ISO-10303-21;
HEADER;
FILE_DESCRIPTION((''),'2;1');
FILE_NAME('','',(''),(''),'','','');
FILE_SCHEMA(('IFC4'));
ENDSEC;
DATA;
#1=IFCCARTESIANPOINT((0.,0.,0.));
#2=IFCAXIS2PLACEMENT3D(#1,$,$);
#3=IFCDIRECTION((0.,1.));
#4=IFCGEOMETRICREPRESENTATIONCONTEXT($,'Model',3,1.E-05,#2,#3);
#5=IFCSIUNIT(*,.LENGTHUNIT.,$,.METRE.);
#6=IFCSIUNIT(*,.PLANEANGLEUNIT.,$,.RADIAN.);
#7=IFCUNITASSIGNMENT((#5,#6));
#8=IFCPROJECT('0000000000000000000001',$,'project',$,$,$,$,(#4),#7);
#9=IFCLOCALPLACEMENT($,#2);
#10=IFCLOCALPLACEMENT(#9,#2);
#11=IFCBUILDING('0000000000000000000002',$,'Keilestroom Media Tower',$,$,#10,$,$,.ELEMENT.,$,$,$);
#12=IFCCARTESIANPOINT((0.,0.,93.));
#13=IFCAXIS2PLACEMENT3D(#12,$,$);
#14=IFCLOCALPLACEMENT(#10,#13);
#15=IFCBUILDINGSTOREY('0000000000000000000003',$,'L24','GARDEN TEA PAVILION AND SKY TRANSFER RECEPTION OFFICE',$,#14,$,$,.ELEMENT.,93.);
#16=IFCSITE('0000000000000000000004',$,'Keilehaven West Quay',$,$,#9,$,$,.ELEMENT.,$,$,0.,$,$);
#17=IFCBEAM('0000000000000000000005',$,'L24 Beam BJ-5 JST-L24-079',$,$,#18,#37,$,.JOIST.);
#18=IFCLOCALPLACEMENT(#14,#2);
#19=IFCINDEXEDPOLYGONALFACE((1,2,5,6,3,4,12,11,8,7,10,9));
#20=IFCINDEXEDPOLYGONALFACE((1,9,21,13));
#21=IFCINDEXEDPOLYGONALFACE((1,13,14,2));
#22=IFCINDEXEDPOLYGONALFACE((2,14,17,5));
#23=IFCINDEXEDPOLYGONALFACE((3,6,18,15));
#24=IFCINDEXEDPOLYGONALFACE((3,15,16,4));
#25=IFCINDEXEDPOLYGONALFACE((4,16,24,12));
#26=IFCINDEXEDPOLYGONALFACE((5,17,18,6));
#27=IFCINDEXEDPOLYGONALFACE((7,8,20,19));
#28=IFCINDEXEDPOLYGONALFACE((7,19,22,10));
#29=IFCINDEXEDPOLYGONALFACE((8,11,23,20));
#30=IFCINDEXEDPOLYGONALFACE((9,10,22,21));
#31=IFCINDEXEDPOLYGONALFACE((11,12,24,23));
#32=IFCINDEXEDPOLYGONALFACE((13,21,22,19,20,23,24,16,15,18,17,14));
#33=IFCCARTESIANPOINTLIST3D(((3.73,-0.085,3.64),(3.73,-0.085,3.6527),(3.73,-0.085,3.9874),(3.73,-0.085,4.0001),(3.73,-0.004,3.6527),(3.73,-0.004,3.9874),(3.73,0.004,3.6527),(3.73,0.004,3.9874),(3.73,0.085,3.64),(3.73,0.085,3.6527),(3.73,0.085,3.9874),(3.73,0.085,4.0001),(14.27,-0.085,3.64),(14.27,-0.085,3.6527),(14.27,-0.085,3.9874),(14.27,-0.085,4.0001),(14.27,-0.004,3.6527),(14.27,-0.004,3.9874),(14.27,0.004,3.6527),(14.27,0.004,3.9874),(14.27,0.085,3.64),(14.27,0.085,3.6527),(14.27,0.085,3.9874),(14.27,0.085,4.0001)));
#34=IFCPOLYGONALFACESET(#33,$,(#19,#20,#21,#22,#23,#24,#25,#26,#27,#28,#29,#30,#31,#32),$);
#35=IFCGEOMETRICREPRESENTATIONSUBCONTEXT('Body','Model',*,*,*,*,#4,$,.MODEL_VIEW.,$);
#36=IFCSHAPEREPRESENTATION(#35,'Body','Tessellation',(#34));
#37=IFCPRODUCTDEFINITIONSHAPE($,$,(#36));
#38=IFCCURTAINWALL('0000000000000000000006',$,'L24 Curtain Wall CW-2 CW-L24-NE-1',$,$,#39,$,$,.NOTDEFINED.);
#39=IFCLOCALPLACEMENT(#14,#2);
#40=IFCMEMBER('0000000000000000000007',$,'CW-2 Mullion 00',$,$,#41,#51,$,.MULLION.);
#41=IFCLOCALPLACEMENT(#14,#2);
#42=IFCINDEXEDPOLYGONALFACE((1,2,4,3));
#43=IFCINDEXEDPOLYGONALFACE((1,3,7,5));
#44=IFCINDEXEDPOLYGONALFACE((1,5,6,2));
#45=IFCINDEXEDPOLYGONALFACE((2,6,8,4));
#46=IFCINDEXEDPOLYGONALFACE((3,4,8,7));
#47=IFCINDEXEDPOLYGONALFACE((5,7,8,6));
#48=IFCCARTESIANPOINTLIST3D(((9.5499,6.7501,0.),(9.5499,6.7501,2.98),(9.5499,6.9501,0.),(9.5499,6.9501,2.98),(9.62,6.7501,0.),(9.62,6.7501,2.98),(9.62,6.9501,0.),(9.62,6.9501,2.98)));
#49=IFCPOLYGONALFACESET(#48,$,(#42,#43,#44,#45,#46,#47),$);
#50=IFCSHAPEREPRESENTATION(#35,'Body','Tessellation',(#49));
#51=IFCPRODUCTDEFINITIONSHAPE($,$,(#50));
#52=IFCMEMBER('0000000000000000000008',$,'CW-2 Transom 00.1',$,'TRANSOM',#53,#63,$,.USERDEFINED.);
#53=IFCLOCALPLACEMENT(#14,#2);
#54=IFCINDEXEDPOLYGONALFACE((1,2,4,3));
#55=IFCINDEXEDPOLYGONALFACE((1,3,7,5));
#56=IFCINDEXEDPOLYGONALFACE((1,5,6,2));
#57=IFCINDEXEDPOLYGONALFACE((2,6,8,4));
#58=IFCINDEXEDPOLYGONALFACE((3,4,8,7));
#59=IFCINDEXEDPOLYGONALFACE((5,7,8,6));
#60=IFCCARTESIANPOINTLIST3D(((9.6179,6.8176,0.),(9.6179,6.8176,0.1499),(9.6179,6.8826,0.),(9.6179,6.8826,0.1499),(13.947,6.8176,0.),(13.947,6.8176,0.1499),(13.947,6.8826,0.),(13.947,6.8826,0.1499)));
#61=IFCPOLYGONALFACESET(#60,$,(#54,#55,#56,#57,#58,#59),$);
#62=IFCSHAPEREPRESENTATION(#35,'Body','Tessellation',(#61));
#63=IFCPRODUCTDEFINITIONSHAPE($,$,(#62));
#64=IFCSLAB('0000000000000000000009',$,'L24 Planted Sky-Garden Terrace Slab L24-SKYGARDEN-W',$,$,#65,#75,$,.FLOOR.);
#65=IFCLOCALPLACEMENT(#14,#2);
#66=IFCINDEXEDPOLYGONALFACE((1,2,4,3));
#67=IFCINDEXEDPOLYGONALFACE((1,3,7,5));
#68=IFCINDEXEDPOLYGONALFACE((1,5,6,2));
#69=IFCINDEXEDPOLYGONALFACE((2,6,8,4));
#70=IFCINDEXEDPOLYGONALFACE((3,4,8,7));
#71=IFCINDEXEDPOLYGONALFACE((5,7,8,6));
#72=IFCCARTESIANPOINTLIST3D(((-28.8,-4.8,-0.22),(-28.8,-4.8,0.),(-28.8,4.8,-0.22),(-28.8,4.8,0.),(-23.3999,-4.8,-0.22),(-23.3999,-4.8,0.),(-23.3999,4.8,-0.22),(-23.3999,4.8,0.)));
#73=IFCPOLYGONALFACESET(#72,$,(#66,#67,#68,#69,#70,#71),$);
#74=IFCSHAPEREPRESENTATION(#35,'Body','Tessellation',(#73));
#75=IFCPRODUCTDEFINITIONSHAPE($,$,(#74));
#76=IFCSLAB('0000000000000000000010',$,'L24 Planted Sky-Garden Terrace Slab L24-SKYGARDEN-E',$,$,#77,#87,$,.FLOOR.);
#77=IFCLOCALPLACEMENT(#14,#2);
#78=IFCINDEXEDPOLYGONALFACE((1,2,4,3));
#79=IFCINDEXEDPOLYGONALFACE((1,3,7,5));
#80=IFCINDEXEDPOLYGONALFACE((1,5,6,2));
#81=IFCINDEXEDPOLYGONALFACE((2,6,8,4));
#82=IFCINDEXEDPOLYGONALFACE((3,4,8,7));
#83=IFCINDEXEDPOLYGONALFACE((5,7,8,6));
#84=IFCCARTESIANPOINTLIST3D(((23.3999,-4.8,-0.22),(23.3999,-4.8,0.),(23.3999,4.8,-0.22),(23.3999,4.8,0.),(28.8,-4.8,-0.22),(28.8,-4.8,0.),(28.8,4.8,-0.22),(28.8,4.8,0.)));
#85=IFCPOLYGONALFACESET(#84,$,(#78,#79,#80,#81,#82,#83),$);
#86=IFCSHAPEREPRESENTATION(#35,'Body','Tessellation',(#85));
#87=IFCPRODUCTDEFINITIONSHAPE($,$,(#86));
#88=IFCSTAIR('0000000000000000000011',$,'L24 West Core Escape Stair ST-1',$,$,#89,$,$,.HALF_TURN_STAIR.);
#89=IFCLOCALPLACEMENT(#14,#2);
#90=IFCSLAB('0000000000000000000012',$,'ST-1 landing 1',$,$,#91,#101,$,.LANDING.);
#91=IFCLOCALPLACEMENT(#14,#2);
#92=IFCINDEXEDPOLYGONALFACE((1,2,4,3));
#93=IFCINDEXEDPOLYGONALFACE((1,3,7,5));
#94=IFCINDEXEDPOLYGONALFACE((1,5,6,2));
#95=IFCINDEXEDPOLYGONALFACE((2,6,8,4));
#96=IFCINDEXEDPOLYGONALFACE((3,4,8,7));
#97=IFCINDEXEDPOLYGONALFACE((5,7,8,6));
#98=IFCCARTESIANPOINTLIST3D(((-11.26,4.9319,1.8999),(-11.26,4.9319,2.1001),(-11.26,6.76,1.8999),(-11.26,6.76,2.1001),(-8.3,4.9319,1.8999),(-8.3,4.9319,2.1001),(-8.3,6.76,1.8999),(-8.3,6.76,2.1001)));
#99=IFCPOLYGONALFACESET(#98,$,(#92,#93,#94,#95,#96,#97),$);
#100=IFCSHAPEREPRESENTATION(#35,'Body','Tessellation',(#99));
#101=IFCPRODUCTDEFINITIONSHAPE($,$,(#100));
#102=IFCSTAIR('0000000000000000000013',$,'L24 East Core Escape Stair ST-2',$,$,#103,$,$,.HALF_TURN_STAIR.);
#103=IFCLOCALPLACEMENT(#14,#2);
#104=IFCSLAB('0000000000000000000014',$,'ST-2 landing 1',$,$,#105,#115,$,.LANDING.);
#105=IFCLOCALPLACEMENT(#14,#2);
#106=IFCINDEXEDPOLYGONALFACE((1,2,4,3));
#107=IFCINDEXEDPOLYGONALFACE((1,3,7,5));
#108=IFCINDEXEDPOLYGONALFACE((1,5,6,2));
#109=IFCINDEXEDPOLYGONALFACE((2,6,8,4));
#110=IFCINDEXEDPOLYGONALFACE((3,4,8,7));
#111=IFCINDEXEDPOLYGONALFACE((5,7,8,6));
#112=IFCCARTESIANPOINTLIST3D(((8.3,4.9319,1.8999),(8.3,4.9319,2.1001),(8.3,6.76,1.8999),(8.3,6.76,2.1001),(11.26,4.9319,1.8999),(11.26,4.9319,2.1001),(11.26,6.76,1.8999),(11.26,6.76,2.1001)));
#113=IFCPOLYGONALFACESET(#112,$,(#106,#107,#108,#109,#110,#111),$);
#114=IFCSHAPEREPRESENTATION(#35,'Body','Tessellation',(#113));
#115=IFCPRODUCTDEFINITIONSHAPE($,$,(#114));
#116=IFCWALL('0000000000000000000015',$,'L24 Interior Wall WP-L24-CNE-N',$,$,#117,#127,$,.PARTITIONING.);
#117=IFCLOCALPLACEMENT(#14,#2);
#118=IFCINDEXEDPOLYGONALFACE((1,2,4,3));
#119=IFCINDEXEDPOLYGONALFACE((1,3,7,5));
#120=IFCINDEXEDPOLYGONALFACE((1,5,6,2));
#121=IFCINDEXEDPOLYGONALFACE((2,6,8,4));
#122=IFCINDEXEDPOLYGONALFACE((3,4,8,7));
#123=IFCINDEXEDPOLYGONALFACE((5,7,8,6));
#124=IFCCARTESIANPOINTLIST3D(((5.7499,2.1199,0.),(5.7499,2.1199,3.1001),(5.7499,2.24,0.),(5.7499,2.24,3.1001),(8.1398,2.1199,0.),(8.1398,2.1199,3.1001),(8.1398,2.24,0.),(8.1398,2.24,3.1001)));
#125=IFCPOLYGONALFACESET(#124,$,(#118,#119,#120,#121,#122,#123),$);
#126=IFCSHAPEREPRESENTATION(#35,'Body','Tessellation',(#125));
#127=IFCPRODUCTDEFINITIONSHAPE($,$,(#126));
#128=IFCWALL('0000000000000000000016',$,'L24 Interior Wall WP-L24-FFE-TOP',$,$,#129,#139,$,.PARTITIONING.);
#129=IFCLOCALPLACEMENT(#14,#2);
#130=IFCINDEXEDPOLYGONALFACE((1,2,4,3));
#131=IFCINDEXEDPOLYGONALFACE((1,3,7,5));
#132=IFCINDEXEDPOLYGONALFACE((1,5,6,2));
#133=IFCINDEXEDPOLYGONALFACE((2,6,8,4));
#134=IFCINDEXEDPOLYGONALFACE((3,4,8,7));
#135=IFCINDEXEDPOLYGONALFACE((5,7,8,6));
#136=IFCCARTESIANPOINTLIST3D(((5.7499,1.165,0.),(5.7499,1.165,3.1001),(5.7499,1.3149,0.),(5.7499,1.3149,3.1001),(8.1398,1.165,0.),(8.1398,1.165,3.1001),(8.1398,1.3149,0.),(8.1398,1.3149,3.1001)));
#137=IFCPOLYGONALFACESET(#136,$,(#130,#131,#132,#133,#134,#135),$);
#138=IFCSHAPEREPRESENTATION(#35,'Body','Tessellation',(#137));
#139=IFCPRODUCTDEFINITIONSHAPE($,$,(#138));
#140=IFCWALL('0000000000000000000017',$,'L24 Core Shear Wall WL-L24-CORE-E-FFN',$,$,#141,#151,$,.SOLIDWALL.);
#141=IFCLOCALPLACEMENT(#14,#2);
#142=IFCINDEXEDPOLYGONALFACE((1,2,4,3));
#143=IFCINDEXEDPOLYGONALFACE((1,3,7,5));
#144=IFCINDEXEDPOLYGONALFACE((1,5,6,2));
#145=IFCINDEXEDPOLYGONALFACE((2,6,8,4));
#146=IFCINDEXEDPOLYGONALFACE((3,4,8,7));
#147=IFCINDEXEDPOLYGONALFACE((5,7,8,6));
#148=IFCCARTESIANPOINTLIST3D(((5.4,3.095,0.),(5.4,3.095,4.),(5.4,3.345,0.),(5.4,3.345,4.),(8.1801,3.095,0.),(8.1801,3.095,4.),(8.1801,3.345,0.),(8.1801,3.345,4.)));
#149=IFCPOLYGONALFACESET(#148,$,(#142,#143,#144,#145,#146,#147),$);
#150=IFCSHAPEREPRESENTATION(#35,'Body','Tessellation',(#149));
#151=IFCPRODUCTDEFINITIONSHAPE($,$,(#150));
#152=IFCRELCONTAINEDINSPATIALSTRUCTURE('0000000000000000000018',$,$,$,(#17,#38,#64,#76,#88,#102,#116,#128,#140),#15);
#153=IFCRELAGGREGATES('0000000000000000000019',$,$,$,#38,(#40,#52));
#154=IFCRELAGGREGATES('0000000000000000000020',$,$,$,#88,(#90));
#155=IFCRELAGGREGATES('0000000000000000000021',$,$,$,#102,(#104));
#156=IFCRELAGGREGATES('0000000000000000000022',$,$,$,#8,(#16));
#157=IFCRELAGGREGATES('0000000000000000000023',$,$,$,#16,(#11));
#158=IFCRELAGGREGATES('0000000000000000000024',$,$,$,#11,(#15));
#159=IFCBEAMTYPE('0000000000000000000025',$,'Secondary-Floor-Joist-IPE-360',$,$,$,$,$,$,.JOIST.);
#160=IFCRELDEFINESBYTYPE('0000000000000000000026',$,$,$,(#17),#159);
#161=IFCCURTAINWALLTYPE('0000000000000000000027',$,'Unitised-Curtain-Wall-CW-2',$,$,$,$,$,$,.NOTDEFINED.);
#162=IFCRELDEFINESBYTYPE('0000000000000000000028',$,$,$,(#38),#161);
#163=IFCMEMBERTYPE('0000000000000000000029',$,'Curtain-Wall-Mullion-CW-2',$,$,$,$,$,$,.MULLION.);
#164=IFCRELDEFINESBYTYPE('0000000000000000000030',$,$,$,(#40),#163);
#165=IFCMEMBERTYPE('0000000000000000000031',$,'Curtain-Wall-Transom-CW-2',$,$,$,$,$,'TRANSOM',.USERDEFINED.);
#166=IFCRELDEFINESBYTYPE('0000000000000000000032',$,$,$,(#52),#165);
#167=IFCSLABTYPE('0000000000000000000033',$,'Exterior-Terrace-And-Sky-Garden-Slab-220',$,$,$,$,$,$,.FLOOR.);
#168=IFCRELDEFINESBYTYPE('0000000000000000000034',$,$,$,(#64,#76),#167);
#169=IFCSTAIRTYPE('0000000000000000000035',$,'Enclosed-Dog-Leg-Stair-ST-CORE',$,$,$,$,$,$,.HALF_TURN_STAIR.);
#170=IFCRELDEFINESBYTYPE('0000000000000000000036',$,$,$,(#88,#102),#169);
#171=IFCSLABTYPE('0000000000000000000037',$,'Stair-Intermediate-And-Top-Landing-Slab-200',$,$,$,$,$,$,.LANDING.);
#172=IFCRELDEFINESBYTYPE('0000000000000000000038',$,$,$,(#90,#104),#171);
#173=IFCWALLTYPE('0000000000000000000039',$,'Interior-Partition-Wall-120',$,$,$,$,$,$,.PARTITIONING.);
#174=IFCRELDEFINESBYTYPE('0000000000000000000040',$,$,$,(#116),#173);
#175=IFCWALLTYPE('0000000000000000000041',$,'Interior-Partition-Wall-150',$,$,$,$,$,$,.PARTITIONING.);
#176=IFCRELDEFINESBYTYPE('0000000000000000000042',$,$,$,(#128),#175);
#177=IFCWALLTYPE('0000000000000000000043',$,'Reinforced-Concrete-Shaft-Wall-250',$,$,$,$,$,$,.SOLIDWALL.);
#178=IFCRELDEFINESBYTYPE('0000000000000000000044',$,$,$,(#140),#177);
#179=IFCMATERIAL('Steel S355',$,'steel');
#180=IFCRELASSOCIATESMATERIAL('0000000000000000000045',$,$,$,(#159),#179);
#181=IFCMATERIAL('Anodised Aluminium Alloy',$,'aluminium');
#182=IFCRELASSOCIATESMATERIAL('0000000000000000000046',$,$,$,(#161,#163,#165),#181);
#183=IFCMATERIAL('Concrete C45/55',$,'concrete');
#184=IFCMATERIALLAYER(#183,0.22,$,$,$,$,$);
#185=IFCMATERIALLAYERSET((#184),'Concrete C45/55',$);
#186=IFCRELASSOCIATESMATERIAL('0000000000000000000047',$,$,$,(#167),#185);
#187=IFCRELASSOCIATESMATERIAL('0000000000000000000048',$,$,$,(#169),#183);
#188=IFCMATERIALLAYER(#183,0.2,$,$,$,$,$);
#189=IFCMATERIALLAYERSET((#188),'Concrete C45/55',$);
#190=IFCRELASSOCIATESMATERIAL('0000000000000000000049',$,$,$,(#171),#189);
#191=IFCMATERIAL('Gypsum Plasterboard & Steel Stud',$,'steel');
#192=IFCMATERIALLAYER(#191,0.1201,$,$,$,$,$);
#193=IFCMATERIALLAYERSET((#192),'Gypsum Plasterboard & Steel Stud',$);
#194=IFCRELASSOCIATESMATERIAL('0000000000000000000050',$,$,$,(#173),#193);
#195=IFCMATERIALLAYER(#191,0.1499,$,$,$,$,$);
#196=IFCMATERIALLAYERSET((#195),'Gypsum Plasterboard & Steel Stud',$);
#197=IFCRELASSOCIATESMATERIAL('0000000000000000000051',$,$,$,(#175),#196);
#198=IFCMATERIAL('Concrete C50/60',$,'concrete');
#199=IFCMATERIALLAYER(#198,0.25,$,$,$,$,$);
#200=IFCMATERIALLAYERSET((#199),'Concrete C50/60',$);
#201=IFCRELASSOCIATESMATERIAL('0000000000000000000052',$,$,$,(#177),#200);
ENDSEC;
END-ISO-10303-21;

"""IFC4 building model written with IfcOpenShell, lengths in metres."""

from ifc_helpers import new_model, si_unit, direction, frame, frame_2d, origin, origin_2d, place, context, subcontext, project, spatial, polyline, rectangle, i_section, outline, extrude, source, transform, mapped, material, layer, layer_set, material_profile, profile_set, type_object, element, aggregate, save


model = new_model("IFC4")

# Units and contexts
model_context = context("Model", 3, precision=1e-05, world=origin(), true_north=direction((0.0, 1.0)))
body_context = subcontext(model_context, "Body", "Model", "MODEL_VIEW")
ifc_project = project(units=[si_unit("LENGTHUNIT", "METRE"), si_unit("PLANEANGLEUNIT", "RADIAN")], contexts=[model_context])

# Site, building, storey
site_placement = place(None, origin())
site = spatial("IfcSite", under=ifc_project, at=site_placement, Name="Keilehaven West Quay", CompositionType="ELEMENT", RefElevation=0.0)
building_placement = place(site_placement, origin())
building = spatial("IfcBuilding", under=site, at=building_placement, Name="Keilestroom Media Tower", CompositionType="ELEMENT")
storey_placement = place(building_placement, frame((0.0, 0.0, 93.0)))
storey = spatial("IfcBuildingStorey", under=building, at=storey_placement, Name="L24", Description="GARDEN TEA PAVILION AND SKY TRANSFER RECEPTION OFFICE", CompositionType="ELEMENT", Elevation=93.0)

# Beam
ifc_material_1 = material(Name="Steel S355", Category="steel")
ifc_material_profile_1 = material_profile(ifc_material_1, i_section(OverallWidth=0.1699, OverallDepth=0.3601, WebThickness=0.0081, FlangeThickness=0.0127, at=origin_2d()), Name="IPE 360")
ifc_profile_set_1 = profile_set([ifc_material_profile_1], Name="Steel S355")
beam_type = type_object("IfcBeamType", Name="Secondary-Floor-Joist-IPE-360", PredefinedType="JOIST", material=ifc_profile_set_1)
shared_shape_1 = source(origin(), body_context, "Body", "SweptSolid", [
    extrude(i_section(OverallWidth=0.1699, OverallDepth=0.3601, WebThickness=0.0081, FlangeThickness=0.0127, at=origin_2d()), origin(), (0.0, 0.0, 1.0), 10.54),
])
beam_placement = place(storey_placement, frame((3.73, 0.0, 3.8201), z_axis=(1.0, 0.0, 0.0), x_axis=(0.0, 1.0, 0.0)))
element("IfcBeam", 1, at=beam_placement, inside=storey, type_object=beam_type, Name="L24 Beam BJ-5 JST-L24-079", PredefinedType="JOIST", context=body_context, shape_type="MappedRepresentation", body=[
    mapped(shared_shape_1, transform((0.0, 0.0, 0.0), x_axis=(1.0, 0.0, 0.0), y_axis=(0.0, 1.0, 0.0), z_axis=(0.0, 0.0, 1.0), scale=1.0)),
])

# Curtain wall, members
ifc_material_2 = material(Name="Anodised Aluminium Alloy", Category="aluminium")
curtain_wall_type = type_object("IfcCurtainWallType", Name="Unitised-Curtain-Wall-CW-2", PredefinedType="NOTDEFINED", material=ifc_material_2)
curtain_wall_placement = place(storey_placement, origin())
curtain_wall = element("IfcCurtainWall", 2, at=curtain_wall_placement, inside=storey, type_object=curtain_wall_type, Name="L24 Curtain Wall CW-2 CW-L24-NE-1", PredefinedType="NOTDEFINED")
ifc_material_profile_2 = material_profile(ifc_material_2, rectangle(XDim=0.0701, YDim=0.2, at=origin_2d()), Name="ALU MULLION 70x200")
ifc_profile_set_2 = profile_set([ifc_material_profile_2], Name="Anodised Aluminium Alloy")
member_type_1 = type_object("IfcMemberType", Name="Curtain-Wall-Mullion-CW-2", PredefinedType="MULLION", material=ifc_profile_set_2)
shared_shape_2 = source(origin(), body_context, "Body", "SweptSolid", [
    extrude(rectangle(XDim=0.0701, YDim=0.2, at=origin_2d()), origin(), (0.0, 0.0, 1.0), 2.98),
])
member_1_placement = place(storey_placement, frame((9.585, 6.8501, 0.0), z_axis=(0.0, 0.0, 1.0), x_axis=(1.0, 0.0, 0.0)))
member_1 = element("IfcMember", 3, at=member_1_placement, type_object=member_type_1, Name="CW-2 Mullion 00", PredefinedType="MULLION", context=body_context, shape_type="MappedRepresentation", body=[
    mapped(shared_shape_2, transform((0.0, 0.0, 0.0), x_axis=(1.0, 0.0, 0.0), y_axis=(0.0, 1.0, 0.0), z_axis=(0.0, 0.0, 1.0), scale=1.0)),
])
ifc_material_profile_3 = material_profile(ifc_material_2, rectangle(XDim=0.0649, YDim=0.1499, at=origin_2d()), Name="ALU TRANSOM 65x150")
ifc_profile_set_3 = profile_set([ifc_material_profile_3], Name="Anodised Aluminium Alloy")
member_type_2 = type_object("IfcMemberType", Name="Curtain-Wall-Transom-CW-2", ElementType="TRANSOM", PredefinedType="USERDEFINED", material=ifc_profile_set_3)
shared_shape_3 = source(origin(), body_context, "Body", "SweptSolid", [
    extrude(rectangle(XDim=0.0649, YDim=0.1499, at=origin_2d()), origin(), (0.0, 0.0, 1.0), 4.3291),
])
member_2_placement = place(storey_placement, frame((9.6179, 6.8501, 0.075), z_axis=(1.0, 0.0, 0.0), x_axis=(0.0, 1.0, 0.0)))
member_2 = element("IfcMember", 4, at=member_2_placement, type_object=member_type_2, Name="CW-2 Transom 00.1", ObjectType="TRANSOM", PredefinedType="USERDEFINED", context=body_context, shape_type="MappedRepresentation", body=[
    mapped(shared_shape_3, transform((0.0, 0.0, 0.0), x_axis=(1.0, 0.0, 0.0), y_axis=(0.0, 1.0, 0.0), z_axis=(0.0, 0.0, 1.0), scale=1.0)),
])
aggregate(curtain_wall, [member_1, member_2])

# Slabs
ifc_material_3 = material(Name="Concrete C45/55", Category="concrete")
ifc_layer_1 = layer(ifc_material_3, 0.22)
ifc_layer_set_1 = layer_set([ifc_layer_1], Name="Concrete C45/55")
slab_type_1 = type_object("IfcSlabType", Name="Exterior-Terrace-And-Sky-Garden-Slab-220", PredefinedType="FLOOR", material=ifc_layer_set_1)
slab_1_placement = place(storey_placement, frame((0.0, 0.0, -0.22)))
element("IfcSlab", 5, at=slab_1_placement, inside=storey, type_object=slab_type_1, Name="L24 Planted Sky-Garden Terrace Slab L24-SKYGARDEN-W", PredefinedType="FLOOR", context=body_context, shape_type="SweptSolid", body=[
    extrude(outline(polyline([(-28.8, -4.8), (-23.3999, -4.8), (-23.3999, 4.8), (-28.8, 4.8), (-28.8, -4.8)])), origin(), (0.0, 0.0, 1.0), 0.22),
])
slab_2_placement = place(storey_placement, frame((0.0, 0.0, -0.22)))
element("IfcSlab", 6, at=slab_2_placement, inside=storey, type_object=slab_type_1, Name="L24 Planted Sky-Garden Terrace Slab L24-SKYGARDEN-E", PredefinedType="FLOOR", context=body_context, shape_type="SweptSolid", body=[
    extrude(outline(polyline([(23.3999, -4.8), (28.8, -4.8), (28.8, 4.8), (23.3999, 4.8), (23.3999, -4.8)])), origin(), (0.0, 0.0, 1.0), 0.22),
])

# Stairs, slabs
stair_type = type_object("IfcStairType", Name="Enclosed-Dog-Leg-Stair-ST-CORE", PredefinedType="HALF_TURN_STAIR", material=ifc_material_3)
stair_1_placement = place(storey_placement, origin())
stair_1 = element("IfcStair", 7, at=stair_1_placement, inside=storey, type_object=stair_type, Name="L24 West Core Escape Stair ST-1", PredefinedType="HALF_TURN_STAIR")
ifc_layer_2 = layer(ifc_material_3, 0.2)
ifc_layer_set_2 = layer_set([ifc_layer_2], Name="Concrete C45/55")
slab_type_2 = type_object("IfcSlabType", Name="Stair-Intermediate-And-Top-Landing-Slab-200", PredefinedType="LANDING", material=ifc_layer_set_2)
slab_3_placement = place(storey_placement, frame((0.0, 0.0, 1.8999)))
slab_3 = element("IfcSlab", 8, at=slab_3_placement, type_object=slab_type_2, Name="ST-1 landing 1", PredefinedType="LANDING", context=body_context, shape_type="SweptSolid", body=[
    extrude(outline(polyline([(-8.3, 4.9319), (-8.3, 6.76), (-11.26, 6.76), (-11.26, 4.9319), (-8.3, 4.9319)])), origin(), (0.0, 0.0, 1.0), 0.2002),
])
aggregate(stair_1, [slab_3])
stair_2_placement = place(storey_placement, origin())
stair_2 = element("IfcStair", 9, at=stair_2_placement, inside=storey, type_object=stair_type, Name="L24 East Core Escape Stair ST-2", PredefinedType="HALF_TURN_STAIR")
slab_4_placement = place(storey_placement, frame((0.0, 0.0, 1.8999)))
slab_4 = element("IfcSlab", 10, at=slab_4_placement, type_object=slab_type_2, Name="ST-2 landing 1", PredefinedType="LANDING", context=body_context, shape_type="SweptSolid", body=[
    extrude(outline(polyline([(11.26, 4.9319), (11.26, 6.76), (8.3, 6.76), (8.3, 4.9319), (11.26, 4.9319)])), origin(), (0.0, 0.0, 1.0), 0.2002),
])

# Walls
ifc_material_4 = material(Name="Gypsum Plasterboard & Steel Stud", Category="steel")
ifc_layer_3 = layer(ifc_material_4, 0.1201)
ifc_layer_set_3 = layer_set([ifc_layer_3], Name="Gypsum Plasterboard & Steel Stud")
wall_type_1 = type_object("IfcWallType", Name="Interior-Partition-Wall-120", PredefinedType="PARTITIONING", material=ifc_layer_set_3)
wall_1_placement = place(storey_placement, frame((5.75, 2.1799, 0.0), z_axis=(0.0, 0.0, 1.0), x_axis=(1.0, 0.0, 0.0)))
element("IfcWall", 11, at=wall_1_placement, inside=storey, type_object=wall_type_1, Name="L24 Interior Wall WP-L24-CNE-N", PredefinedType="PARTITIONING", context=body_context, shape_type="SweptSolid", body=[
    extrude(rectangle(XDim=2.3899, YDim=0.1201, at=frame_2d((1.1948, 0.0))), origin(), (0.0, 0.0, 1.0), 3.1001),
])
ifc_layer_4 = layer(ifc_material_4, 0.1499)
ifc_layer_set_4 = layer_set([ifc_layer_4], Name="Gypsum Plasterboard & Steel Stud")
wall_type_2 = type_object("IfcWallType", Name="Interior-Partition-Wall-150", PredefinedType="PARTITIONING", material=ifc_layer_set_4)
wall_2_placement = place(storey_placement, frame((5.75, 1.24, 0.0), z_axis=(0.0, 0.0, 1.0), x_axis=(1.0, 0.0, 0.0)))
element("IfcWall", 12, at=wall_2_placement, inside=storey, type_object=wall_type_2, Name="L24 Interior Wall WP-L24-FFE-TOP", PredefinedType="PARTITIONING", context=body_context, shape_type="SweptSolid", body=[
    extrude(rectangle(XDim=2.3899, YDim=0.1499, at=frame_2d((1.1948, 0.0))), origin(), (0.0, 0.0, 1.0), 3.1001),
])
ifc_material_5 = material(Name="Concrete C50/60", Category="concrete")
ifc_layer_5 = layer(ifc_material_5, 0.25)
ifc_layer_set_5 = layer_set([ifc_layer_5], Name="Concrete C50/60")
wall_type_3 = type_object("IfcWallType", Name="Reinforced-Concrete-Shaft-Wall-250", PredefinedType="SOLIDWALL", material=ifc_layer_set_5)
wall_3_placement = place(storey_placement, frame((5.3999, 3.22, 0.0), z_axis=(0.0, 0.0, 1.0), x_axis=(1.0, 0.0, 0.0)))
element("IfcWall", 13, at=wall_3_placement, inside=storey, type_object=wall_type_3, Name="L24 Core Shear Wall WL-L24-CORE-E-FFN", PredefinedType="SOLIDWALL", context=body_context, shape_type="SweptSolid", body=[
    extrude(rectangle(XDim=2.78, YDim=0.25, at=frame_2d((1.3901, 0.0))), origin(), (0.0, 0.0, 1.0), 4.0),
])

aggregate(stair_2, [slab_4])

save(model, "model.ifc")
